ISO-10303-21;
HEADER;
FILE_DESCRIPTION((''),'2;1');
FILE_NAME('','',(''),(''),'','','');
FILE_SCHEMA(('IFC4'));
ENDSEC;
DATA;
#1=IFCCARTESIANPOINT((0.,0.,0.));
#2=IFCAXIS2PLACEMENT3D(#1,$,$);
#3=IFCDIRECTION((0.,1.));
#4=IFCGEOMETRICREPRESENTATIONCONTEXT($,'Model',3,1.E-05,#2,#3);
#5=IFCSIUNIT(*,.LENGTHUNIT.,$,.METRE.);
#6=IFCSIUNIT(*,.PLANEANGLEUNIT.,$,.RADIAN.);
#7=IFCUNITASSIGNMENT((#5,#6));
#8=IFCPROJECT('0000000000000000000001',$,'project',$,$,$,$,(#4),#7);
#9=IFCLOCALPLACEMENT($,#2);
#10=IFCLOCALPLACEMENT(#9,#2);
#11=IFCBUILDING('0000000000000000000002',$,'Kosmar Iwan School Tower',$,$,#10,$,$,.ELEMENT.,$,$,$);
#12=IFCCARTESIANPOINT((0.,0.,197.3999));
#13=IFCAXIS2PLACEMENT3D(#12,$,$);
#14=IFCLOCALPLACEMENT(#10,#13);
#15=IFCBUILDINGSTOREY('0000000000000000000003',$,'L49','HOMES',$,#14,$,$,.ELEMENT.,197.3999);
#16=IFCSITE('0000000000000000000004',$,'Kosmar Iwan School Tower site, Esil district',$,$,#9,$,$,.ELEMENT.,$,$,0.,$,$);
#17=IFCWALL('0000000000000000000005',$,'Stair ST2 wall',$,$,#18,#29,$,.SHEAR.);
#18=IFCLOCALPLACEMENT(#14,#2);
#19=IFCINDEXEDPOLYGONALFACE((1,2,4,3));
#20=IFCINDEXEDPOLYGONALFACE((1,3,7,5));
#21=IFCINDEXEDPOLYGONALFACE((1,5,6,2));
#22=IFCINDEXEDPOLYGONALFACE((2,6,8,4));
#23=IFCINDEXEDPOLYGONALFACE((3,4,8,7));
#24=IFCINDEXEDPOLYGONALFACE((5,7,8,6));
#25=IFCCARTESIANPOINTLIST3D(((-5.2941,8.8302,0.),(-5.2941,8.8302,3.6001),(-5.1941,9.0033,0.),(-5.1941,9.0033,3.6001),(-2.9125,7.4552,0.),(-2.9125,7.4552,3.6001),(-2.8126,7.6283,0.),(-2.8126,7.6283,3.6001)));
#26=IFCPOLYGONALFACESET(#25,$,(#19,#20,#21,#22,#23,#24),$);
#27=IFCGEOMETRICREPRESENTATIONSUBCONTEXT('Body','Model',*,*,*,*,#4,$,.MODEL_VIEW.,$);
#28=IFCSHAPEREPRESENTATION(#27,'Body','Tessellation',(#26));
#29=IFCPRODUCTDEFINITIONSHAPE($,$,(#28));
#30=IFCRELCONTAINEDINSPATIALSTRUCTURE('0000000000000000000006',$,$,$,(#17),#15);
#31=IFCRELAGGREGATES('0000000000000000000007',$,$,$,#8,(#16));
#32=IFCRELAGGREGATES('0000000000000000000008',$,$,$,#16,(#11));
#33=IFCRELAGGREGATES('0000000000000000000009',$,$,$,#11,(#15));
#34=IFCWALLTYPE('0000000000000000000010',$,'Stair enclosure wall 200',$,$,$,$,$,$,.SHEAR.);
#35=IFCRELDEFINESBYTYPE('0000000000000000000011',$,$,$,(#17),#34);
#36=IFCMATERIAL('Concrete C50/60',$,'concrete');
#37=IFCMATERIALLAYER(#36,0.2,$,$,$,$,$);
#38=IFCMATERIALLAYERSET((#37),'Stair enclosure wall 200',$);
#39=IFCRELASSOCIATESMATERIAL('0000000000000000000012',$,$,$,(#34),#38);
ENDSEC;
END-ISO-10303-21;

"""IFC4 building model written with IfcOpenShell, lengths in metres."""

from ifc_helpers import new_model, si_unit, direction, frame, frame_2d, origin, place, context, subcontext, project, spatial, rectangle, extrude, material, layer, layer_set, type_object, element, save


model = new_model("IFC4")

# Units and contexts
model_context = context("Model", 3, precision=1e-05, world=origin(), true_north=direction((0.0, 1.0)))
body_context = subcontext(model_context, "Body", "Model", "MODEL_VIEW")
ifc_project = project(units=[si_unit("LENGTHUNIT", "METRE"), si_unit("PLANEANGLEUNIT", "RADIAN")], contexts=[model_context])

# Site, building, storey
site_placement = place(None, origin())
site = spatial("IfcSite", under=ifc_project, at=site_placement, Name="Kosmar Iwan School Tower site, Esil district", CompositionType="ELEMENT", RefElevation=0.0)
building_placement = place(site_placement, origin())
building = spatial("IfcBuilding", under=site, at=building_placement, Name="Kosmar Iwan School Tower", CompositionType="ELEMENT")
storey_placement = place(building_placement, frame((0.0, 0.0, 197.3999)))
storey = spatial("IfcBuildingStorey", under=building, at=storey_placement, Name="L49", Description="HOMES", CompositionType="ELEMENT", Elevation=197.3999)

# Wall
ifc_material_1 = material(Name="Concrete C50/60", Category="concrete")
ifc_layer_1 = layer(ifc_material_1, 0.2)
ifc_layer_set_1 = layer_set([ifc_layer_1], Name="Stair enclosure wall 200")
wall_type_1 = type_object("IfcWallType", Name="Stair enclosure wall 200", PredefinedType="SHEAR", material=ifc_layer_set_1)
wall_1_placement = place(storey_placement, frame((-2.8625, 7.5417, 0.0), z_axis=(0.0, 0.0, 1.0), x_axis=(-0.866027, 0.499997, 0.0)))
element("IfcWall", 1, at=wall_1_placement, inside=storey, type_object=wall_type_1, Name="Stair ST2 wall", PredefinedType="SHEAR", context=body_context, shape_type="SweptSolid", body=[
    extrude(rectangle(XDim=2.75, YDim=0.2, at=frame_2d((1.375, 0.0))), origin(), (0.0, 0.0, 1.0), 3.6001),
])

save(model, "model.ifc")
